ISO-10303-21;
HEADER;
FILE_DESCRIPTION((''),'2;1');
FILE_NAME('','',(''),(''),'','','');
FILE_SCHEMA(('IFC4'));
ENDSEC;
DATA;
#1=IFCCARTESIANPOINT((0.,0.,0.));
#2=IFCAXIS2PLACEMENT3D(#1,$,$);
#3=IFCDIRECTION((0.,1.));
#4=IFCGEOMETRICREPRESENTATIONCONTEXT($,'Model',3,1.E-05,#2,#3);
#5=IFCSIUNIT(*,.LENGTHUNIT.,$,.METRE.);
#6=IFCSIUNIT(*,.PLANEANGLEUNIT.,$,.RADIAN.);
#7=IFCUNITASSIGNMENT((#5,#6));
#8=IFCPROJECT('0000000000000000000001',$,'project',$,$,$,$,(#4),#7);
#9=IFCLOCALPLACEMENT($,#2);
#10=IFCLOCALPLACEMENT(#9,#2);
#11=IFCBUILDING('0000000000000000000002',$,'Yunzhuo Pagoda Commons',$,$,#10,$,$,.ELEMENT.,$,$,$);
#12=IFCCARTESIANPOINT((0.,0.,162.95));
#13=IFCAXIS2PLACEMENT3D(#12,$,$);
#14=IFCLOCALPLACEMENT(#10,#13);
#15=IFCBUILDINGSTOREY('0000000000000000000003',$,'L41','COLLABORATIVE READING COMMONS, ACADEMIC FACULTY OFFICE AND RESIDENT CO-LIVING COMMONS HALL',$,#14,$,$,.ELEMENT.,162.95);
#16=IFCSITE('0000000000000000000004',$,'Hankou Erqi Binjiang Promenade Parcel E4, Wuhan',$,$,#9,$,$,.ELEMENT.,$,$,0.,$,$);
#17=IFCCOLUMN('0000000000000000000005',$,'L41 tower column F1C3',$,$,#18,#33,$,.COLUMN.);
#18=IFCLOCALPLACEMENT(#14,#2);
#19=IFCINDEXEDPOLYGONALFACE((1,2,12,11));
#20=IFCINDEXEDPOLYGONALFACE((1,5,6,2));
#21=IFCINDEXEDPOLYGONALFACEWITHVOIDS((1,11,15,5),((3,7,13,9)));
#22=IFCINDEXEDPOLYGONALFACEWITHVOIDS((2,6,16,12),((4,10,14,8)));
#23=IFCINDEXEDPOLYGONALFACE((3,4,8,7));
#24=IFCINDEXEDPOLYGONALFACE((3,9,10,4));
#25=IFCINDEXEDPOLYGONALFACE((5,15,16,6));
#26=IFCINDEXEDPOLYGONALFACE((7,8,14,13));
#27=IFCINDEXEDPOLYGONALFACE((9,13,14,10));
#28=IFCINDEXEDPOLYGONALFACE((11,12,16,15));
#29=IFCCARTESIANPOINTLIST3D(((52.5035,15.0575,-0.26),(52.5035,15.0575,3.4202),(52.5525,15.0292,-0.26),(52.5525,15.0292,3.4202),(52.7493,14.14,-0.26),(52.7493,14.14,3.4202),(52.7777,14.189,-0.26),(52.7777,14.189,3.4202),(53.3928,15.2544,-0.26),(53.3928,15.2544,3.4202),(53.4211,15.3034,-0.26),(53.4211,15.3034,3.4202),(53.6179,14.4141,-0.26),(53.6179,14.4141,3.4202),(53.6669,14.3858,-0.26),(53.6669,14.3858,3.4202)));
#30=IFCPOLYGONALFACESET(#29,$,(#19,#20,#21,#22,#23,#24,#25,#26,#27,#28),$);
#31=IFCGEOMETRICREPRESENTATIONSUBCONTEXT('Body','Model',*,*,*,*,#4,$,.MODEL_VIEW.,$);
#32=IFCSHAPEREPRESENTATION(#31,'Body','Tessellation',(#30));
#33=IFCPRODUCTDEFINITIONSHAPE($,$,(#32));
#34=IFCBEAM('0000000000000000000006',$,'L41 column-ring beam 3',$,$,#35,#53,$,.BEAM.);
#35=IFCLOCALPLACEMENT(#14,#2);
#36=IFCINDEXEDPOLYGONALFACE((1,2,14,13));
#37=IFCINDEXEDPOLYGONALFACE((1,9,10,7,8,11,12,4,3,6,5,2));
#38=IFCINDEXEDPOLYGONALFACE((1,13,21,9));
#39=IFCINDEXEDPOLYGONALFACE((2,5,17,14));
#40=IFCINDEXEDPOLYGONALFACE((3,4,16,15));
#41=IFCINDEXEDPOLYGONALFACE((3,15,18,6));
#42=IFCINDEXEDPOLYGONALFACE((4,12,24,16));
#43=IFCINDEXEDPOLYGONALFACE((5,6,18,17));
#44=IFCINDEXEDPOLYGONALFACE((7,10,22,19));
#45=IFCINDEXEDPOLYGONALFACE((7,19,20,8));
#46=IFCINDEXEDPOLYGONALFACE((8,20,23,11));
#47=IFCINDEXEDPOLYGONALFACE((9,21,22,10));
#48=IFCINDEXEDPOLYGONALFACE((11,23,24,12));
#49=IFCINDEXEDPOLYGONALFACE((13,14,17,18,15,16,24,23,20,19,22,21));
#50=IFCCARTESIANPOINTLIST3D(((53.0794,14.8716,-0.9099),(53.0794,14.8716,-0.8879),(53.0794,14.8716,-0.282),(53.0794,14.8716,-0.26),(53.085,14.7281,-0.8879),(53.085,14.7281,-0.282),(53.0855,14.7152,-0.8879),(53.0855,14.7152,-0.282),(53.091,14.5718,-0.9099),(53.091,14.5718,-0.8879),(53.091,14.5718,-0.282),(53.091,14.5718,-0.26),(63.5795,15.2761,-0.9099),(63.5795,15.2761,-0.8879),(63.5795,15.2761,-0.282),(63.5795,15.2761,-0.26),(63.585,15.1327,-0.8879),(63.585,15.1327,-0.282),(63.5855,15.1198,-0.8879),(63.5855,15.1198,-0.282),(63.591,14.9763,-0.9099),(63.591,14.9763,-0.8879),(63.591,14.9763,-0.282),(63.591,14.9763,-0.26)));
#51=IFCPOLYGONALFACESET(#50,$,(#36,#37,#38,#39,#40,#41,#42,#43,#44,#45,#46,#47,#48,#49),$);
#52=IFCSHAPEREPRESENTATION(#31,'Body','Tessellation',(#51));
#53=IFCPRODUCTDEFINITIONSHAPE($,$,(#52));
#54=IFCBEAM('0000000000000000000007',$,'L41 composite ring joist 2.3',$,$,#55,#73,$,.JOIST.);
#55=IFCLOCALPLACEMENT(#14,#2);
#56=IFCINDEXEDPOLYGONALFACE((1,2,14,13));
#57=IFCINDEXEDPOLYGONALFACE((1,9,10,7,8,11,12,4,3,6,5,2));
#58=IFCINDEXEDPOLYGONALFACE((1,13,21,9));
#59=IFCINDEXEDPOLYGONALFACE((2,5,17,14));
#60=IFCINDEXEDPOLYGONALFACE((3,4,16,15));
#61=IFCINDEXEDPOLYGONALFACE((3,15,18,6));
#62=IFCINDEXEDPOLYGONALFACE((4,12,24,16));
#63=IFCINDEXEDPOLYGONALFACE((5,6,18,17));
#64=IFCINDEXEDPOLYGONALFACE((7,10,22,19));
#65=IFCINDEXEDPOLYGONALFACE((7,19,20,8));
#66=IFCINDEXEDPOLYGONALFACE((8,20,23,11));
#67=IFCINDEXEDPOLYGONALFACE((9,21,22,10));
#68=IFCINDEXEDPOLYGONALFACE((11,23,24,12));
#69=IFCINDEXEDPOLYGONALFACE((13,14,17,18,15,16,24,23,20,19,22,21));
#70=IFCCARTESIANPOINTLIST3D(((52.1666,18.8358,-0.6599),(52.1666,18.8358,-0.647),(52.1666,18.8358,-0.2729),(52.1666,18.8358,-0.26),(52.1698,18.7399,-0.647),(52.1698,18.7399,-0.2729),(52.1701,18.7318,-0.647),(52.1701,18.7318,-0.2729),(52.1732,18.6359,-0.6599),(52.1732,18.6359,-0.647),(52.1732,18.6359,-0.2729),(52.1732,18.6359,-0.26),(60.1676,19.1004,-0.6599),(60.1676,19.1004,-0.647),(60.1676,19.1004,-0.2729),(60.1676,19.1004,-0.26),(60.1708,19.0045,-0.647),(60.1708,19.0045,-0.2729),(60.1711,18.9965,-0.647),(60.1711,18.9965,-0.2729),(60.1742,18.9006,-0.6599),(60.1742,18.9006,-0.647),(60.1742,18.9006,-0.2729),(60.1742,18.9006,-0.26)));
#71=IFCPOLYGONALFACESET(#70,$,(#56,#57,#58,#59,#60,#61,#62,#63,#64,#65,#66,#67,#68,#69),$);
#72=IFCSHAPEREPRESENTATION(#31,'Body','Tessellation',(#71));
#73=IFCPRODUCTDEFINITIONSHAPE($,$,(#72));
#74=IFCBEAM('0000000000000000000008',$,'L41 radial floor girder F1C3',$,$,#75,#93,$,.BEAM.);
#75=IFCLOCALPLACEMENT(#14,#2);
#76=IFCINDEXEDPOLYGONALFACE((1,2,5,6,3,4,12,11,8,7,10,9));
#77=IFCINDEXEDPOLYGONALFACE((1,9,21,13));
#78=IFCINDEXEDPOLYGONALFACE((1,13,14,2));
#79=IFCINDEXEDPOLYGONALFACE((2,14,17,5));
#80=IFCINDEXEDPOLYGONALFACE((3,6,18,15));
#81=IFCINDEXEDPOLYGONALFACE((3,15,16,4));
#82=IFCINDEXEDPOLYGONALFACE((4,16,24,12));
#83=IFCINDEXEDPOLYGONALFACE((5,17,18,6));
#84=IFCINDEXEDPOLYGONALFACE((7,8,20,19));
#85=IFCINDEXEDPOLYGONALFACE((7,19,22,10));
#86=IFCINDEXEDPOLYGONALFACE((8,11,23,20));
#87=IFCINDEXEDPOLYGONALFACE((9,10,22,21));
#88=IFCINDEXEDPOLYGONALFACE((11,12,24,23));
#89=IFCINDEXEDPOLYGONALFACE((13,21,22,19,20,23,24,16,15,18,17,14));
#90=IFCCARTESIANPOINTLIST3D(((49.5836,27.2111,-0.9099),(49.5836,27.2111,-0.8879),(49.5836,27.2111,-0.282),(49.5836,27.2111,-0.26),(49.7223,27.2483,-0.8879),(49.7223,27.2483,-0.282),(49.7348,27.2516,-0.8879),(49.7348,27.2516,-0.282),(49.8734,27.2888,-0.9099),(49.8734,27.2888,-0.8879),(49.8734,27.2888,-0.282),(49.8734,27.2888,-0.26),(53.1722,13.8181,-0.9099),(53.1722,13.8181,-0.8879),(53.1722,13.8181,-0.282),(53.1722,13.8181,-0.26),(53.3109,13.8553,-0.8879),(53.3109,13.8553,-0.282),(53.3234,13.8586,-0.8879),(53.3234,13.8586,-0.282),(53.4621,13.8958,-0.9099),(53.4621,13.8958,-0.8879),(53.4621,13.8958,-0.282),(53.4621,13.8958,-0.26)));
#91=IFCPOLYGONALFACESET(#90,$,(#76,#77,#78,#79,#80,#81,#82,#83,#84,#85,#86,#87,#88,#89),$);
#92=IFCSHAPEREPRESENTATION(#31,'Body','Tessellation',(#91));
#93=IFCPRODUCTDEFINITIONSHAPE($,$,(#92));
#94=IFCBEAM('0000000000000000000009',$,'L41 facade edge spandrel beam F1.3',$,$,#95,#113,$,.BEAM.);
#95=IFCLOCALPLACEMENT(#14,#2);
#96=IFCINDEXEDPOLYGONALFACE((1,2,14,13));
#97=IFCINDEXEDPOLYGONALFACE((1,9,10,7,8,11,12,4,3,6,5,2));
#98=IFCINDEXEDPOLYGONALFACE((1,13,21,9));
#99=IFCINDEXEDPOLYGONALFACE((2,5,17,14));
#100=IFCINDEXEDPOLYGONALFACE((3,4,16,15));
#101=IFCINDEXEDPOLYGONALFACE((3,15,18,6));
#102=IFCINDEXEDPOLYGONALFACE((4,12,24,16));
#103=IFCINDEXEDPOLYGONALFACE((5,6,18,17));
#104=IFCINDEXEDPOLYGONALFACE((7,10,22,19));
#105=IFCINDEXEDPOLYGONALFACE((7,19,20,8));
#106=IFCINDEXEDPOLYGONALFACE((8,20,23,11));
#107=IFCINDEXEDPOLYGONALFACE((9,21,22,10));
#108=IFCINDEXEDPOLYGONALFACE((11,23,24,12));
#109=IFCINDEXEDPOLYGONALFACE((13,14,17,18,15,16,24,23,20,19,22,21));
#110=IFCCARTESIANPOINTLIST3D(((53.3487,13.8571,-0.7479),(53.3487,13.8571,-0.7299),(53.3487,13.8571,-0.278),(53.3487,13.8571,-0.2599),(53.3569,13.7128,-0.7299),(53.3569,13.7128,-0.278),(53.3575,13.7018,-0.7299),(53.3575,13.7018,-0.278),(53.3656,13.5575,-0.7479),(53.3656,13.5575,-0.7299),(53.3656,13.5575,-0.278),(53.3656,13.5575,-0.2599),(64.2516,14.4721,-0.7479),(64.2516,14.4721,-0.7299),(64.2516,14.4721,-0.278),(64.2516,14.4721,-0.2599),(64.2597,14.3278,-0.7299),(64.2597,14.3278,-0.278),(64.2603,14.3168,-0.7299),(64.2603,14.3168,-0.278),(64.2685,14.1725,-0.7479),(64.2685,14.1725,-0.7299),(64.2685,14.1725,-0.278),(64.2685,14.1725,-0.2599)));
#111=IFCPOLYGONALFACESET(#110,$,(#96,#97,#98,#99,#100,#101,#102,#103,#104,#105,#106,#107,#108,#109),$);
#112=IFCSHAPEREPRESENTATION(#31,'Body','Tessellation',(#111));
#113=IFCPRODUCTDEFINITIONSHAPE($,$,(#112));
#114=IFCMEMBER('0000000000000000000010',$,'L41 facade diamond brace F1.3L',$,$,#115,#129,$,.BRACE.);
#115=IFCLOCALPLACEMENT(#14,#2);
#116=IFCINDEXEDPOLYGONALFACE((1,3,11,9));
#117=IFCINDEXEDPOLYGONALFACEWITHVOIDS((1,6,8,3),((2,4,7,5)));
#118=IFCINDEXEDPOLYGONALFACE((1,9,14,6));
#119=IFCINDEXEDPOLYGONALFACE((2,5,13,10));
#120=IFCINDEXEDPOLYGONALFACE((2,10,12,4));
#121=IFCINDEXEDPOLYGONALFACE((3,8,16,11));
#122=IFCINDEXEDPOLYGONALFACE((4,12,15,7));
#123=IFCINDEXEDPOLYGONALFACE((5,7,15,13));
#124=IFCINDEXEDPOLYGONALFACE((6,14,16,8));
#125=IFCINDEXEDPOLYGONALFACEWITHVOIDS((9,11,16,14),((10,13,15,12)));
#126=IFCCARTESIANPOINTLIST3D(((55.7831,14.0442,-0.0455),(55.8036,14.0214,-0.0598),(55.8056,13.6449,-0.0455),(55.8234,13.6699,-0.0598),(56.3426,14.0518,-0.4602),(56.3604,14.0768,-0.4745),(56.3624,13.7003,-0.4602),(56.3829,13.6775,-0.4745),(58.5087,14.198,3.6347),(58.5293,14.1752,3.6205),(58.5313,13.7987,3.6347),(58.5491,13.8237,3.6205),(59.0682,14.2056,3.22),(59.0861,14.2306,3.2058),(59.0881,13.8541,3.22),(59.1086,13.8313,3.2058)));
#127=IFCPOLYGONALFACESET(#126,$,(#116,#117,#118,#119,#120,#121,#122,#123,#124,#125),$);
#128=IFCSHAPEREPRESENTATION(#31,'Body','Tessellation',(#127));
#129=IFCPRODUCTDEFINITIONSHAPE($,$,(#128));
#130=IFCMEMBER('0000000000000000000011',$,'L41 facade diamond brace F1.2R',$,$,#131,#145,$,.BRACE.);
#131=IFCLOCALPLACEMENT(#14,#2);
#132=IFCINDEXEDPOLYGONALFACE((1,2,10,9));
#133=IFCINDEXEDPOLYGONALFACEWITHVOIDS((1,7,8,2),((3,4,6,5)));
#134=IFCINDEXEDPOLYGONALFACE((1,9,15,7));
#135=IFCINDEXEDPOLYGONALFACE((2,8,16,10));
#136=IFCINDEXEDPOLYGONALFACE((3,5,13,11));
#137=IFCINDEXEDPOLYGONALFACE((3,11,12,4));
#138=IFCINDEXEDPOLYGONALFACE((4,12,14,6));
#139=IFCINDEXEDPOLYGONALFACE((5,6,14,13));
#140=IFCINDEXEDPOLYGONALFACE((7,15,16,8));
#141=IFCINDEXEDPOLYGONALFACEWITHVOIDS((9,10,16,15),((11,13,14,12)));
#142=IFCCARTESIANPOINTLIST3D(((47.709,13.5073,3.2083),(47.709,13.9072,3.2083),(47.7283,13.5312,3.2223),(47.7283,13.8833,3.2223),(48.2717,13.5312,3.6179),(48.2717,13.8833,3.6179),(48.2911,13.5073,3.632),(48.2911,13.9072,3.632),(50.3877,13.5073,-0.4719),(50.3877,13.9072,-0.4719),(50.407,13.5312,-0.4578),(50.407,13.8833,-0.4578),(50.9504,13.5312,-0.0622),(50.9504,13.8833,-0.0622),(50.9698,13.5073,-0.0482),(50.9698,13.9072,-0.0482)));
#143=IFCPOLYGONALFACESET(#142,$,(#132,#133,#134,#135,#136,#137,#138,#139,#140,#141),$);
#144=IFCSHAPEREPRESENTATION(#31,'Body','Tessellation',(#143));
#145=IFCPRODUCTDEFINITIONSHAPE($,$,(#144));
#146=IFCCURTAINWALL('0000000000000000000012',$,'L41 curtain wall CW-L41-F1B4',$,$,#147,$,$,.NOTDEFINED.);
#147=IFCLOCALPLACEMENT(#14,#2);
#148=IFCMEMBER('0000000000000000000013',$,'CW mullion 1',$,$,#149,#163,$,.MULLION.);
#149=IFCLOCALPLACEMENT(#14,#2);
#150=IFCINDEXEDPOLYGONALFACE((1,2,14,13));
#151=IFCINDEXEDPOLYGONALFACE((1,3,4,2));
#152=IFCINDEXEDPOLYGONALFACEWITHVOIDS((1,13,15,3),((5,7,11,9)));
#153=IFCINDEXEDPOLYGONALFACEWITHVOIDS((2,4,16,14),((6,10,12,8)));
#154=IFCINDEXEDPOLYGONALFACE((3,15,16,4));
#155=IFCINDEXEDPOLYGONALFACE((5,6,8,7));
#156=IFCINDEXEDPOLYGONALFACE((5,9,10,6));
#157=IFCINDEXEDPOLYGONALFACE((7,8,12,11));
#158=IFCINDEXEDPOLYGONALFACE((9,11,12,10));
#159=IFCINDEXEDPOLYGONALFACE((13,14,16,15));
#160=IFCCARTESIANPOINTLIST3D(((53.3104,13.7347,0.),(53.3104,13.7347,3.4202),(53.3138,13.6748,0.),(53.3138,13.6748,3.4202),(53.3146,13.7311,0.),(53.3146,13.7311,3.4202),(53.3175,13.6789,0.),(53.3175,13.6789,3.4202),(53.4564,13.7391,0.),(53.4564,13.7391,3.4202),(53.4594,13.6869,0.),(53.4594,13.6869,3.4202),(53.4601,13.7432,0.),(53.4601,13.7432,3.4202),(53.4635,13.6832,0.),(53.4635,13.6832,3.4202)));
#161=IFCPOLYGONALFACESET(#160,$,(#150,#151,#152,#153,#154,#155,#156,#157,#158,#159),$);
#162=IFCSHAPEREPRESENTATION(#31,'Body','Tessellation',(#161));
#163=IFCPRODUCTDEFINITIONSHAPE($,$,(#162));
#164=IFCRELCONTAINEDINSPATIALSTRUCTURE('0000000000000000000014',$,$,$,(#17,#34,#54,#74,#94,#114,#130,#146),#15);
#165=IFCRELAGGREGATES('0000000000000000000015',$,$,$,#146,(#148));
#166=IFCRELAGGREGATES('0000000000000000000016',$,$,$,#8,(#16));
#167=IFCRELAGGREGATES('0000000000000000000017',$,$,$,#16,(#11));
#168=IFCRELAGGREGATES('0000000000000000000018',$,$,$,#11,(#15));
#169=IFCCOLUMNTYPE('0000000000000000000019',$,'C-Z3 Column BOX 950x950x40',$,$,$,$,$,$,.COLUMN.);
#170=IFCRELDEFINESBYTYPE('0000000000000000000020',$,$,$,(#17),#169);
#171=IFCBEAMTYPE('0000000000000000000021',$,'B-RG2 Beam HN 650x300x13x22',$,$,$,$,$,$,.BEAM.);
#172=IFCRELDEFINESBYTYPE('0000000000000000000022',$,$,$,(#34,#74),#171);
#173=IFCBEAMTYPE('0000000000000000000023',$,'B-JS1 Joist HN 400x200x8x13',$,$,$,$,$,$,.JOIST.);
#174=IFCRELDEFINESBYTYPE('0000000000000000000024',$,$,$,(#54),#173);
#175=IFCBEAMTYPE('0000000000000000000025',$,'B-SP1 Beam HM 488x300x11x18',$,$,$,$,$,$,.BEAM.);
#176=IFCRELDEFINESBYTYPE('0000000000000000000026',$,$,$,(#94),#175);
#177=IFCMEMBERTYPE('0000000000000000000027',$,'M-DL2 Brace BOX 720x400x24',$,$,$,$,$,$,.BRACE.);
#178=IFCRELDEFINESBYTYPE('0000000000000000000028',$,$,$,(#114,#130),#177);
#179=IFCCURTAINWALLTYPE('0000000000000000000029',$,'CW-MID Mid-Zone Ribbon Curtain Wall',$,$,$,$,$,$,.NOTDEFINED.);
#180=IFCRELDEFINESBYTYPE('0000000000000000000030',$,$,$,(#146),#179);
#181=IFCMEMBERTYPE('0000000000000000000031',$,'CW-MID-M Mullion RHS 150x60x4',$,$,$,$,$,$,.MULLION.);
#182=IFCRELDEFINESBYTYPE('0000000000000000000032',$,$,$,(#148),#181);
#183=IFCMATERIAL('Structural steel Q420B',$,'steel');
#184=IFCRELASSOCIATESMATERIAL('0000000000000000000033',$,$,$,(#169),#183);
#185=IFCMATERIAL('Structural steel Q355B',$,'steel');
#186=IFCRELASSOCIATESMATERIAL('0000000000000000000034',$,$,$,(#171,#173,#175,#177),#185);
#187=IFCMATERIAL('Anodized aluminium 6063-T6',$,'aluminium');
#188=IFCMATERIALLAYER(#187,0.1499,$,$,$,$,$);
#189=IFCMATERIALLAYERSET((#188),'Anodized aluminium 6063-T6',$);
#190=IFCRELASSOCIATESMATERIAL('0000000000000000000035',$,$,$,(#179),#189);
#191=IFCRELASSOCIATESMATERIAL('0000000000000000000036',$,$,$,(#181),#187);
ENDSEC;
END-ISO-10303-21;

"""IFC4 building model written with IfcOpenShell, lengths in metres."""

from ifc_helpers import new_model, si_unit, direction, frame, origin, origin_2d, place, context, subcontext, project, spatial, hollow_rectangle, i_section, extrude, source, transform, mapped, material, layer, layer_set, material_profile, profile_set, type_object, element, aggregate, save


model = new_model("IFC4")

# Units and contexts
model_context = context("Model", 3, precision=1e-05, world=origin(), true_north=direction((0.0, 1.0)))
body_context = subcontext(model_context, "Body", "Model", "MODEL_VIEW")
ifc_project = project(units=[si_unit("LENGTHUNIT", "METRE"), si_unit("PLANEANGLEUNIT", "RADIAN")], contexts=[model_context])

# Site, building, storey
site_placement = place(None, origin())
site = spatial("IfcSite", under=ifc_project, at=site_placement, Name="Hankou Erqi Binjiang Promenade Parcel E4, Wuhan", CompositionType="ELEMENT", RefElevation=0.0)
building_placement = place(site_placement, origin())
building = spatial("IfcBuilding", under=site, at=building_placement, Name="Yunzhuo Pagoda Commons", CompositionType="ELEMENT")
storey_placement = place(building_placement, frame((0.0, 0.0, 162.95)))
storey = spatial("IfcBuildingStorey", under=building, at=storey_placement, Name="L41", Description="COLLABORATIVE READING COMMONS, ACADEMIC FACULTY OFFICE AND RESIDENT CO-LIVING COMMONS HALL", CompositionType="ELEMENT", Elevation=162.95)

# Column
ifc_material_1 = material(Name="Structural steel Q420B", Category="steel")
ifc_material_profile_1 = material_profile(ifc_material_1, hollow_rectangle(XDim=0.95, YDim=0.95, WallThickness=0.04, at=origin_2d()), Name="Structural steel Q420B")
ifc_profile_set_1 = profile_set([ifc_material_profile_1], Name="Structural steel Q420B")
column_type = type_object("IfcColumnType", Name="C-Z3 Column BOX 950x950x40", PredefinedType="COLUMN", material=ifc_profile_set_1)
shared_shape_1 = source(origin(), body_context, "Body", "SweptSolid", [
    extrude(hollow_rectangle(XDim=0.95, YDim=0.95, WallThickness=0.04, at=origin_2d()), origin(), (0.0, 0.0, 1.0), 3.6802),
])
column_placement = place(storey_placement, frame((53.0852, 14.7217, -0.26), z_axis=(0.0, 0.0, 1.0), x_axis=(0.965926, 0.258819, 0.0)))
element("IfcColumn", 1, at=column_placement, inside=storey, type_object=column_type, Name="L41 tower column F1C3", PredefinedType="COLUMN", context=body_context, shape_type="MappedRepresentation", body=[
    mapped(shared_shape_1, transform((0.0, 0.0, 0.0), scale=1.0)),
])

# Beams
ifc_material_2 = material(Name="Structural steel Q355B", Category="steel")
ifc_material_profile_2 = material_profile(ifc_material_2, i_section(OverallWidth=0.3, OverallDepth=0.6499, WebThickness=0.0129, FlangeThickness=0.022, at=origin_2d()), Name="Structural steel Q355B")
ifc_profile_set_2 = profile_set([ifc_material_profile_2], Name="Structural steel Q355B")
beam_type_1 = type_object("IfcBeamType", Name="B-RG2 Beam HN 650x300x13x22", PredefinedType="BEAM", material=ifc_profile_set_2)
shared_shape_2 = source(origin(), body_context, "Body", "SweptSolid", [
    extrude(i_section(OverallWidth=0.3, OverallDepth=0.6499, WebThickness=0.0129, FlangeThickness=0.022, at=origin_2d()), origin(), (0.0, 0.0, 1.0), 10.5078),
])
beam_1_placement = place(storey_placement, frame((53.0852, 14.7217, -0.585), z_axis=(0.999259, 0.038499, 0.0), x_axis=(-0.038499, 0.999259, 0.0)))
element("IfcBeam", 2, at=beam_1_placement, inside=storey, type_object=beam_type_1, Name="L41 column-ring beam 3", PredefinedType="BEAM", context=body_context, shape_type="MappedRepresentation", body=[
    mapped(shared_shape_2, transform((0.0, 0.0, 0.0), scale=1.0)),
])
ifc_material_profile_3 = material_profile(ifc_material_2, i_section(OverallWidth=0.2, OverallDepth=0.3999, WebThickness=0.0081, FlangeThickness=0.0129, at=origin_2d()), Name="Structural steel Q355B")
ifc_profile_set_3 = profile_set([ifc_material_profile_3], Name="Structural steel Q355B")
beam_type_2 = type_object("IfcBeamType", Name="B-JS1 Joist HN 400x200x8x13", PredefinedType="JOIST", material=ifc_profile_set_3)
shared_shape_3 = source(origin(), body_context, "Body", "SweptSolid", [
    extrude(i_section(OverallWidth=0.2, OverallDepth=0.3999, WebThickness=0.0081, FlangeThickness=0.0129, at=origin_2d()), origin(), (0.0, 0.0, 1.0), 8.0054),
])
beam_2_placement = place(storey_placement, frame((52.1699, 18.7358, -0.46), z_axis=(0.999453, 0.033059, 0.0), x_axis=(-0.033059, 0.999453, 0.0)))
element("IfcBeam", 3, at=beam_2_placement, inside=storey, type_object=beam_type_2, Name="L41 composite ring joist 2.3", PredefinedType="JOIST", context=body_context, shape_type="MappedRepresentation", body=[
    mapped(shared_shape_3, transform((0.0, 0.0, 0.0), scale=1.0)),
])
shared_shape_4 = source(origin(), body_context, "Body", "SweptSolid", [
    extrude(i_section(OverallWidth=0.3, OverallDepth=0.6499, WebThickness=0.0129, FlangeThickness=0.022, at=origin_2d()), origin(), (0.0, 0.0, 1.0), 13.8655),
])
beam_3_placement = place(storey_placement, frame((53.3171, 13.8569, -0.585), z_axis=(-0.258816, 0.965927, 0.0), x_axis=(-0.965927, -0.258816, 0.0)))
element("IfcBeam", 4, at=beam_3_placement, inside=storey, type_object=beam_type_1, Name="L41 radial floor girder F1C3", PredefinedType="BEAM", context=body_context, shape_type="MappedRepresentation", body=[
    mapped(shared_shape_4, transform((0.0, 0.0, 0.0), scale=1.0)),
])
ifc_material_profile_4 = material_profile(ifc_material_2, i_section(OverallWidth=0.3, OverallDepth=0.488, WebThickness=0.011, FlangeThickness=0.0181, at=origin_2d()), Name="Structural steel Q355B")
ifc_profile_set_4 = profile_set([ifc_material_profile_4], Name="Structural steel Q355B")
beam_type_3 = type_object("IfcBeamType", Name="B-SP1 Beam HM 488x300x11x18", PredefinedType="BEAM", material=ifc_profile_set_4)
shared_shape_5 = source(origin(), body_context, "Body", "SweptSolid", [
    extrude(i_section(OverallWidth=0.3, OverallDepth=0.488, WebThickness=0.011, FlangeThickness=0.0181, at=origin_2d()), origin(), (0.0, 0.0, 1.0), 10.9202),
])
beam_4_placement = place(storey_placement, frame((53.3572, 13.7073, -0.5039), z_axis=(0.998413, 0.056317, 0.0), x_axis=(-0.056317, 0.998413, 0.0)))
element("IfcBeam", 5, at=beam_4_placement, inside=storey, type_object=beam_type_3, Name="L41 facade edge spandrel beam F1.3", PredefinedType="BEAM", context=body_context, shape_type="MappedRepresentation", body=[
    mapped(shared_shape_5, transform((0.0, 0.0, 0.0), scale=1.0)),
])

# Members
ifc_material_profile_5 = material_profile(ifc_material_2, hollow_rectangle(XDim=0.3999, YDim=0.72, WallThickness=0.0239, at=origin_2d()), Name="Structural steel Q355B")
ifc_profile_set_5 = profile_set([ifc_material_profile_5], Name="Structural steel Q355B")
member_type_1 = type_object("IfcMemberType", Name="M-DL2 Brace BOX 720x400x24", PredefinedType="BRACE", material=ifc_profile_set_5)
shared_shape_6 = source(origin(), body_context, "Body", "SweptSolid", [
    extrude(hollow_rectangle(XDim=0.3999, YDim=0.72, WallThickness=0.0239, at=origin_2d()), origin(), (0.0, 0.0, 1.0), 4.5823),
])
member_1_placement = place(storey_placement, frame((56.083, 13.8608, -0.26), z_axis=(0.594826, 0.033567, 0.803153), x_axis=(-0.056342, 0.998412, 0.0)))
element("IfcMember", 6, at=member_1_placement, inside=storey, type_object=member_type_1, Name="L41 facade diamond brace F1.3L", PredefinedType="BRACE", context=body_context, shape_type="MappedRepresentation", body=[
    mapped(shared_shape_6, transform((0.0, 0.0, 0.0), scale=1.0)),
])
shared_shape_7 = source(origin(), body_context, "Body", "SweptSolid", [
    extrude(hollow_rectangle(XDim=0.3999, YDim=0.72, WallThickness=0.0239, at=origin_2d()), origin(), (0.0, 0.0, 1.0), 4.5518),
])
member_2_placement = place(storey_placement, frame((50.6787, 13.7073, -0.26), z_axis=(-0.588491, 0.0, 0.808504), x_axis=(0.0, -1.0, 0.0)))
element("IfcMember", 7, at=member_2_placement, inside=storey, type_object=member_type_1, Name="L41 facade diamond brace F1.2R", PredefinedType="BRACE", context=body_context, shape_type="MappedRepresentation", body=[
    mapped(shared_shape_7, transform((0.0, 0.0, 0.0), scale=1.0)),
])

# Curtain wall, member
ifc_material_3 = material(Name="Anodized aluminium 6063-T6", Category="aluminium")
ifc_layer_1 = layer(ifc_material_3, 0.1499)
ifc_layer_set_1 = layer_set([ifc_layer_1], Name="Anodized aluminium 6063-T6")
curtain_wall_type = type_object("IfcCurtainWallType", Name="CW-MID Mid-Zone Ribbon Curtain Wall", PredefinedType="NOTDEFINED", material=ifc_layer_set_1)
curtain_wall_1_placement = place(storey_placement, origin())
curtain_wall_1 = element("IfcCurtainWall", 8, at=curtain_wall_1_placement, inside=storey, type_object=curtain_wall_type, Name="L41 curtain wall CW-L41-F1B4", PredefinedType="NOTDEFINED")
ifc_material_profile_6 = material_profile(ifc_material_3, hollow_rectangle(XDim=0.0601, YDim=0.1499, WallThickness=0.0039, at=origin_2d()), Name="Anodized aluminium 6063-T6")
ifc_profile_set_6 = profile_set([ifc_material_profile_6], Name="Anodized aluminium 6063-T6")
member_type_2 = type_object("IfcMemberType", Name="CW-MID-M Mullion RHS 150x60x4", PredefinedType="MULLION", material=ifc_profile_set_6)
shared_shape_8 = source(origin(), body_context, "Body", "SweptSolid", [
    extrude(hollow_rectangle(XDim=0.0601, YDim=0.1499, WallThickness=0.0039, at=origin_2d()), origin(), (0.0, 0.0, 1.0), 3.4202),
])
member_3_placement = place(storey_placement, frame((53.387, 13.709, 0.0), z_axis=(0.0, 0.0, 1.0), x_axis=(-0.056299, 0.998414, 0.0)))
member_3 = element("IfcMember", 9, at=member_3_placement, type_object=member_type_2, Name="CW mullion 1", PredefinedType="MULLION", context=body_context, shape_type="MappedRepresentation", body=[
    mapped(shared_shape_8, transform((0.0, 0.0, 0.0), scale=1.0)),
])

aggregate(curtain_wall_1, [member_3])

save(model, "model.ifc")
